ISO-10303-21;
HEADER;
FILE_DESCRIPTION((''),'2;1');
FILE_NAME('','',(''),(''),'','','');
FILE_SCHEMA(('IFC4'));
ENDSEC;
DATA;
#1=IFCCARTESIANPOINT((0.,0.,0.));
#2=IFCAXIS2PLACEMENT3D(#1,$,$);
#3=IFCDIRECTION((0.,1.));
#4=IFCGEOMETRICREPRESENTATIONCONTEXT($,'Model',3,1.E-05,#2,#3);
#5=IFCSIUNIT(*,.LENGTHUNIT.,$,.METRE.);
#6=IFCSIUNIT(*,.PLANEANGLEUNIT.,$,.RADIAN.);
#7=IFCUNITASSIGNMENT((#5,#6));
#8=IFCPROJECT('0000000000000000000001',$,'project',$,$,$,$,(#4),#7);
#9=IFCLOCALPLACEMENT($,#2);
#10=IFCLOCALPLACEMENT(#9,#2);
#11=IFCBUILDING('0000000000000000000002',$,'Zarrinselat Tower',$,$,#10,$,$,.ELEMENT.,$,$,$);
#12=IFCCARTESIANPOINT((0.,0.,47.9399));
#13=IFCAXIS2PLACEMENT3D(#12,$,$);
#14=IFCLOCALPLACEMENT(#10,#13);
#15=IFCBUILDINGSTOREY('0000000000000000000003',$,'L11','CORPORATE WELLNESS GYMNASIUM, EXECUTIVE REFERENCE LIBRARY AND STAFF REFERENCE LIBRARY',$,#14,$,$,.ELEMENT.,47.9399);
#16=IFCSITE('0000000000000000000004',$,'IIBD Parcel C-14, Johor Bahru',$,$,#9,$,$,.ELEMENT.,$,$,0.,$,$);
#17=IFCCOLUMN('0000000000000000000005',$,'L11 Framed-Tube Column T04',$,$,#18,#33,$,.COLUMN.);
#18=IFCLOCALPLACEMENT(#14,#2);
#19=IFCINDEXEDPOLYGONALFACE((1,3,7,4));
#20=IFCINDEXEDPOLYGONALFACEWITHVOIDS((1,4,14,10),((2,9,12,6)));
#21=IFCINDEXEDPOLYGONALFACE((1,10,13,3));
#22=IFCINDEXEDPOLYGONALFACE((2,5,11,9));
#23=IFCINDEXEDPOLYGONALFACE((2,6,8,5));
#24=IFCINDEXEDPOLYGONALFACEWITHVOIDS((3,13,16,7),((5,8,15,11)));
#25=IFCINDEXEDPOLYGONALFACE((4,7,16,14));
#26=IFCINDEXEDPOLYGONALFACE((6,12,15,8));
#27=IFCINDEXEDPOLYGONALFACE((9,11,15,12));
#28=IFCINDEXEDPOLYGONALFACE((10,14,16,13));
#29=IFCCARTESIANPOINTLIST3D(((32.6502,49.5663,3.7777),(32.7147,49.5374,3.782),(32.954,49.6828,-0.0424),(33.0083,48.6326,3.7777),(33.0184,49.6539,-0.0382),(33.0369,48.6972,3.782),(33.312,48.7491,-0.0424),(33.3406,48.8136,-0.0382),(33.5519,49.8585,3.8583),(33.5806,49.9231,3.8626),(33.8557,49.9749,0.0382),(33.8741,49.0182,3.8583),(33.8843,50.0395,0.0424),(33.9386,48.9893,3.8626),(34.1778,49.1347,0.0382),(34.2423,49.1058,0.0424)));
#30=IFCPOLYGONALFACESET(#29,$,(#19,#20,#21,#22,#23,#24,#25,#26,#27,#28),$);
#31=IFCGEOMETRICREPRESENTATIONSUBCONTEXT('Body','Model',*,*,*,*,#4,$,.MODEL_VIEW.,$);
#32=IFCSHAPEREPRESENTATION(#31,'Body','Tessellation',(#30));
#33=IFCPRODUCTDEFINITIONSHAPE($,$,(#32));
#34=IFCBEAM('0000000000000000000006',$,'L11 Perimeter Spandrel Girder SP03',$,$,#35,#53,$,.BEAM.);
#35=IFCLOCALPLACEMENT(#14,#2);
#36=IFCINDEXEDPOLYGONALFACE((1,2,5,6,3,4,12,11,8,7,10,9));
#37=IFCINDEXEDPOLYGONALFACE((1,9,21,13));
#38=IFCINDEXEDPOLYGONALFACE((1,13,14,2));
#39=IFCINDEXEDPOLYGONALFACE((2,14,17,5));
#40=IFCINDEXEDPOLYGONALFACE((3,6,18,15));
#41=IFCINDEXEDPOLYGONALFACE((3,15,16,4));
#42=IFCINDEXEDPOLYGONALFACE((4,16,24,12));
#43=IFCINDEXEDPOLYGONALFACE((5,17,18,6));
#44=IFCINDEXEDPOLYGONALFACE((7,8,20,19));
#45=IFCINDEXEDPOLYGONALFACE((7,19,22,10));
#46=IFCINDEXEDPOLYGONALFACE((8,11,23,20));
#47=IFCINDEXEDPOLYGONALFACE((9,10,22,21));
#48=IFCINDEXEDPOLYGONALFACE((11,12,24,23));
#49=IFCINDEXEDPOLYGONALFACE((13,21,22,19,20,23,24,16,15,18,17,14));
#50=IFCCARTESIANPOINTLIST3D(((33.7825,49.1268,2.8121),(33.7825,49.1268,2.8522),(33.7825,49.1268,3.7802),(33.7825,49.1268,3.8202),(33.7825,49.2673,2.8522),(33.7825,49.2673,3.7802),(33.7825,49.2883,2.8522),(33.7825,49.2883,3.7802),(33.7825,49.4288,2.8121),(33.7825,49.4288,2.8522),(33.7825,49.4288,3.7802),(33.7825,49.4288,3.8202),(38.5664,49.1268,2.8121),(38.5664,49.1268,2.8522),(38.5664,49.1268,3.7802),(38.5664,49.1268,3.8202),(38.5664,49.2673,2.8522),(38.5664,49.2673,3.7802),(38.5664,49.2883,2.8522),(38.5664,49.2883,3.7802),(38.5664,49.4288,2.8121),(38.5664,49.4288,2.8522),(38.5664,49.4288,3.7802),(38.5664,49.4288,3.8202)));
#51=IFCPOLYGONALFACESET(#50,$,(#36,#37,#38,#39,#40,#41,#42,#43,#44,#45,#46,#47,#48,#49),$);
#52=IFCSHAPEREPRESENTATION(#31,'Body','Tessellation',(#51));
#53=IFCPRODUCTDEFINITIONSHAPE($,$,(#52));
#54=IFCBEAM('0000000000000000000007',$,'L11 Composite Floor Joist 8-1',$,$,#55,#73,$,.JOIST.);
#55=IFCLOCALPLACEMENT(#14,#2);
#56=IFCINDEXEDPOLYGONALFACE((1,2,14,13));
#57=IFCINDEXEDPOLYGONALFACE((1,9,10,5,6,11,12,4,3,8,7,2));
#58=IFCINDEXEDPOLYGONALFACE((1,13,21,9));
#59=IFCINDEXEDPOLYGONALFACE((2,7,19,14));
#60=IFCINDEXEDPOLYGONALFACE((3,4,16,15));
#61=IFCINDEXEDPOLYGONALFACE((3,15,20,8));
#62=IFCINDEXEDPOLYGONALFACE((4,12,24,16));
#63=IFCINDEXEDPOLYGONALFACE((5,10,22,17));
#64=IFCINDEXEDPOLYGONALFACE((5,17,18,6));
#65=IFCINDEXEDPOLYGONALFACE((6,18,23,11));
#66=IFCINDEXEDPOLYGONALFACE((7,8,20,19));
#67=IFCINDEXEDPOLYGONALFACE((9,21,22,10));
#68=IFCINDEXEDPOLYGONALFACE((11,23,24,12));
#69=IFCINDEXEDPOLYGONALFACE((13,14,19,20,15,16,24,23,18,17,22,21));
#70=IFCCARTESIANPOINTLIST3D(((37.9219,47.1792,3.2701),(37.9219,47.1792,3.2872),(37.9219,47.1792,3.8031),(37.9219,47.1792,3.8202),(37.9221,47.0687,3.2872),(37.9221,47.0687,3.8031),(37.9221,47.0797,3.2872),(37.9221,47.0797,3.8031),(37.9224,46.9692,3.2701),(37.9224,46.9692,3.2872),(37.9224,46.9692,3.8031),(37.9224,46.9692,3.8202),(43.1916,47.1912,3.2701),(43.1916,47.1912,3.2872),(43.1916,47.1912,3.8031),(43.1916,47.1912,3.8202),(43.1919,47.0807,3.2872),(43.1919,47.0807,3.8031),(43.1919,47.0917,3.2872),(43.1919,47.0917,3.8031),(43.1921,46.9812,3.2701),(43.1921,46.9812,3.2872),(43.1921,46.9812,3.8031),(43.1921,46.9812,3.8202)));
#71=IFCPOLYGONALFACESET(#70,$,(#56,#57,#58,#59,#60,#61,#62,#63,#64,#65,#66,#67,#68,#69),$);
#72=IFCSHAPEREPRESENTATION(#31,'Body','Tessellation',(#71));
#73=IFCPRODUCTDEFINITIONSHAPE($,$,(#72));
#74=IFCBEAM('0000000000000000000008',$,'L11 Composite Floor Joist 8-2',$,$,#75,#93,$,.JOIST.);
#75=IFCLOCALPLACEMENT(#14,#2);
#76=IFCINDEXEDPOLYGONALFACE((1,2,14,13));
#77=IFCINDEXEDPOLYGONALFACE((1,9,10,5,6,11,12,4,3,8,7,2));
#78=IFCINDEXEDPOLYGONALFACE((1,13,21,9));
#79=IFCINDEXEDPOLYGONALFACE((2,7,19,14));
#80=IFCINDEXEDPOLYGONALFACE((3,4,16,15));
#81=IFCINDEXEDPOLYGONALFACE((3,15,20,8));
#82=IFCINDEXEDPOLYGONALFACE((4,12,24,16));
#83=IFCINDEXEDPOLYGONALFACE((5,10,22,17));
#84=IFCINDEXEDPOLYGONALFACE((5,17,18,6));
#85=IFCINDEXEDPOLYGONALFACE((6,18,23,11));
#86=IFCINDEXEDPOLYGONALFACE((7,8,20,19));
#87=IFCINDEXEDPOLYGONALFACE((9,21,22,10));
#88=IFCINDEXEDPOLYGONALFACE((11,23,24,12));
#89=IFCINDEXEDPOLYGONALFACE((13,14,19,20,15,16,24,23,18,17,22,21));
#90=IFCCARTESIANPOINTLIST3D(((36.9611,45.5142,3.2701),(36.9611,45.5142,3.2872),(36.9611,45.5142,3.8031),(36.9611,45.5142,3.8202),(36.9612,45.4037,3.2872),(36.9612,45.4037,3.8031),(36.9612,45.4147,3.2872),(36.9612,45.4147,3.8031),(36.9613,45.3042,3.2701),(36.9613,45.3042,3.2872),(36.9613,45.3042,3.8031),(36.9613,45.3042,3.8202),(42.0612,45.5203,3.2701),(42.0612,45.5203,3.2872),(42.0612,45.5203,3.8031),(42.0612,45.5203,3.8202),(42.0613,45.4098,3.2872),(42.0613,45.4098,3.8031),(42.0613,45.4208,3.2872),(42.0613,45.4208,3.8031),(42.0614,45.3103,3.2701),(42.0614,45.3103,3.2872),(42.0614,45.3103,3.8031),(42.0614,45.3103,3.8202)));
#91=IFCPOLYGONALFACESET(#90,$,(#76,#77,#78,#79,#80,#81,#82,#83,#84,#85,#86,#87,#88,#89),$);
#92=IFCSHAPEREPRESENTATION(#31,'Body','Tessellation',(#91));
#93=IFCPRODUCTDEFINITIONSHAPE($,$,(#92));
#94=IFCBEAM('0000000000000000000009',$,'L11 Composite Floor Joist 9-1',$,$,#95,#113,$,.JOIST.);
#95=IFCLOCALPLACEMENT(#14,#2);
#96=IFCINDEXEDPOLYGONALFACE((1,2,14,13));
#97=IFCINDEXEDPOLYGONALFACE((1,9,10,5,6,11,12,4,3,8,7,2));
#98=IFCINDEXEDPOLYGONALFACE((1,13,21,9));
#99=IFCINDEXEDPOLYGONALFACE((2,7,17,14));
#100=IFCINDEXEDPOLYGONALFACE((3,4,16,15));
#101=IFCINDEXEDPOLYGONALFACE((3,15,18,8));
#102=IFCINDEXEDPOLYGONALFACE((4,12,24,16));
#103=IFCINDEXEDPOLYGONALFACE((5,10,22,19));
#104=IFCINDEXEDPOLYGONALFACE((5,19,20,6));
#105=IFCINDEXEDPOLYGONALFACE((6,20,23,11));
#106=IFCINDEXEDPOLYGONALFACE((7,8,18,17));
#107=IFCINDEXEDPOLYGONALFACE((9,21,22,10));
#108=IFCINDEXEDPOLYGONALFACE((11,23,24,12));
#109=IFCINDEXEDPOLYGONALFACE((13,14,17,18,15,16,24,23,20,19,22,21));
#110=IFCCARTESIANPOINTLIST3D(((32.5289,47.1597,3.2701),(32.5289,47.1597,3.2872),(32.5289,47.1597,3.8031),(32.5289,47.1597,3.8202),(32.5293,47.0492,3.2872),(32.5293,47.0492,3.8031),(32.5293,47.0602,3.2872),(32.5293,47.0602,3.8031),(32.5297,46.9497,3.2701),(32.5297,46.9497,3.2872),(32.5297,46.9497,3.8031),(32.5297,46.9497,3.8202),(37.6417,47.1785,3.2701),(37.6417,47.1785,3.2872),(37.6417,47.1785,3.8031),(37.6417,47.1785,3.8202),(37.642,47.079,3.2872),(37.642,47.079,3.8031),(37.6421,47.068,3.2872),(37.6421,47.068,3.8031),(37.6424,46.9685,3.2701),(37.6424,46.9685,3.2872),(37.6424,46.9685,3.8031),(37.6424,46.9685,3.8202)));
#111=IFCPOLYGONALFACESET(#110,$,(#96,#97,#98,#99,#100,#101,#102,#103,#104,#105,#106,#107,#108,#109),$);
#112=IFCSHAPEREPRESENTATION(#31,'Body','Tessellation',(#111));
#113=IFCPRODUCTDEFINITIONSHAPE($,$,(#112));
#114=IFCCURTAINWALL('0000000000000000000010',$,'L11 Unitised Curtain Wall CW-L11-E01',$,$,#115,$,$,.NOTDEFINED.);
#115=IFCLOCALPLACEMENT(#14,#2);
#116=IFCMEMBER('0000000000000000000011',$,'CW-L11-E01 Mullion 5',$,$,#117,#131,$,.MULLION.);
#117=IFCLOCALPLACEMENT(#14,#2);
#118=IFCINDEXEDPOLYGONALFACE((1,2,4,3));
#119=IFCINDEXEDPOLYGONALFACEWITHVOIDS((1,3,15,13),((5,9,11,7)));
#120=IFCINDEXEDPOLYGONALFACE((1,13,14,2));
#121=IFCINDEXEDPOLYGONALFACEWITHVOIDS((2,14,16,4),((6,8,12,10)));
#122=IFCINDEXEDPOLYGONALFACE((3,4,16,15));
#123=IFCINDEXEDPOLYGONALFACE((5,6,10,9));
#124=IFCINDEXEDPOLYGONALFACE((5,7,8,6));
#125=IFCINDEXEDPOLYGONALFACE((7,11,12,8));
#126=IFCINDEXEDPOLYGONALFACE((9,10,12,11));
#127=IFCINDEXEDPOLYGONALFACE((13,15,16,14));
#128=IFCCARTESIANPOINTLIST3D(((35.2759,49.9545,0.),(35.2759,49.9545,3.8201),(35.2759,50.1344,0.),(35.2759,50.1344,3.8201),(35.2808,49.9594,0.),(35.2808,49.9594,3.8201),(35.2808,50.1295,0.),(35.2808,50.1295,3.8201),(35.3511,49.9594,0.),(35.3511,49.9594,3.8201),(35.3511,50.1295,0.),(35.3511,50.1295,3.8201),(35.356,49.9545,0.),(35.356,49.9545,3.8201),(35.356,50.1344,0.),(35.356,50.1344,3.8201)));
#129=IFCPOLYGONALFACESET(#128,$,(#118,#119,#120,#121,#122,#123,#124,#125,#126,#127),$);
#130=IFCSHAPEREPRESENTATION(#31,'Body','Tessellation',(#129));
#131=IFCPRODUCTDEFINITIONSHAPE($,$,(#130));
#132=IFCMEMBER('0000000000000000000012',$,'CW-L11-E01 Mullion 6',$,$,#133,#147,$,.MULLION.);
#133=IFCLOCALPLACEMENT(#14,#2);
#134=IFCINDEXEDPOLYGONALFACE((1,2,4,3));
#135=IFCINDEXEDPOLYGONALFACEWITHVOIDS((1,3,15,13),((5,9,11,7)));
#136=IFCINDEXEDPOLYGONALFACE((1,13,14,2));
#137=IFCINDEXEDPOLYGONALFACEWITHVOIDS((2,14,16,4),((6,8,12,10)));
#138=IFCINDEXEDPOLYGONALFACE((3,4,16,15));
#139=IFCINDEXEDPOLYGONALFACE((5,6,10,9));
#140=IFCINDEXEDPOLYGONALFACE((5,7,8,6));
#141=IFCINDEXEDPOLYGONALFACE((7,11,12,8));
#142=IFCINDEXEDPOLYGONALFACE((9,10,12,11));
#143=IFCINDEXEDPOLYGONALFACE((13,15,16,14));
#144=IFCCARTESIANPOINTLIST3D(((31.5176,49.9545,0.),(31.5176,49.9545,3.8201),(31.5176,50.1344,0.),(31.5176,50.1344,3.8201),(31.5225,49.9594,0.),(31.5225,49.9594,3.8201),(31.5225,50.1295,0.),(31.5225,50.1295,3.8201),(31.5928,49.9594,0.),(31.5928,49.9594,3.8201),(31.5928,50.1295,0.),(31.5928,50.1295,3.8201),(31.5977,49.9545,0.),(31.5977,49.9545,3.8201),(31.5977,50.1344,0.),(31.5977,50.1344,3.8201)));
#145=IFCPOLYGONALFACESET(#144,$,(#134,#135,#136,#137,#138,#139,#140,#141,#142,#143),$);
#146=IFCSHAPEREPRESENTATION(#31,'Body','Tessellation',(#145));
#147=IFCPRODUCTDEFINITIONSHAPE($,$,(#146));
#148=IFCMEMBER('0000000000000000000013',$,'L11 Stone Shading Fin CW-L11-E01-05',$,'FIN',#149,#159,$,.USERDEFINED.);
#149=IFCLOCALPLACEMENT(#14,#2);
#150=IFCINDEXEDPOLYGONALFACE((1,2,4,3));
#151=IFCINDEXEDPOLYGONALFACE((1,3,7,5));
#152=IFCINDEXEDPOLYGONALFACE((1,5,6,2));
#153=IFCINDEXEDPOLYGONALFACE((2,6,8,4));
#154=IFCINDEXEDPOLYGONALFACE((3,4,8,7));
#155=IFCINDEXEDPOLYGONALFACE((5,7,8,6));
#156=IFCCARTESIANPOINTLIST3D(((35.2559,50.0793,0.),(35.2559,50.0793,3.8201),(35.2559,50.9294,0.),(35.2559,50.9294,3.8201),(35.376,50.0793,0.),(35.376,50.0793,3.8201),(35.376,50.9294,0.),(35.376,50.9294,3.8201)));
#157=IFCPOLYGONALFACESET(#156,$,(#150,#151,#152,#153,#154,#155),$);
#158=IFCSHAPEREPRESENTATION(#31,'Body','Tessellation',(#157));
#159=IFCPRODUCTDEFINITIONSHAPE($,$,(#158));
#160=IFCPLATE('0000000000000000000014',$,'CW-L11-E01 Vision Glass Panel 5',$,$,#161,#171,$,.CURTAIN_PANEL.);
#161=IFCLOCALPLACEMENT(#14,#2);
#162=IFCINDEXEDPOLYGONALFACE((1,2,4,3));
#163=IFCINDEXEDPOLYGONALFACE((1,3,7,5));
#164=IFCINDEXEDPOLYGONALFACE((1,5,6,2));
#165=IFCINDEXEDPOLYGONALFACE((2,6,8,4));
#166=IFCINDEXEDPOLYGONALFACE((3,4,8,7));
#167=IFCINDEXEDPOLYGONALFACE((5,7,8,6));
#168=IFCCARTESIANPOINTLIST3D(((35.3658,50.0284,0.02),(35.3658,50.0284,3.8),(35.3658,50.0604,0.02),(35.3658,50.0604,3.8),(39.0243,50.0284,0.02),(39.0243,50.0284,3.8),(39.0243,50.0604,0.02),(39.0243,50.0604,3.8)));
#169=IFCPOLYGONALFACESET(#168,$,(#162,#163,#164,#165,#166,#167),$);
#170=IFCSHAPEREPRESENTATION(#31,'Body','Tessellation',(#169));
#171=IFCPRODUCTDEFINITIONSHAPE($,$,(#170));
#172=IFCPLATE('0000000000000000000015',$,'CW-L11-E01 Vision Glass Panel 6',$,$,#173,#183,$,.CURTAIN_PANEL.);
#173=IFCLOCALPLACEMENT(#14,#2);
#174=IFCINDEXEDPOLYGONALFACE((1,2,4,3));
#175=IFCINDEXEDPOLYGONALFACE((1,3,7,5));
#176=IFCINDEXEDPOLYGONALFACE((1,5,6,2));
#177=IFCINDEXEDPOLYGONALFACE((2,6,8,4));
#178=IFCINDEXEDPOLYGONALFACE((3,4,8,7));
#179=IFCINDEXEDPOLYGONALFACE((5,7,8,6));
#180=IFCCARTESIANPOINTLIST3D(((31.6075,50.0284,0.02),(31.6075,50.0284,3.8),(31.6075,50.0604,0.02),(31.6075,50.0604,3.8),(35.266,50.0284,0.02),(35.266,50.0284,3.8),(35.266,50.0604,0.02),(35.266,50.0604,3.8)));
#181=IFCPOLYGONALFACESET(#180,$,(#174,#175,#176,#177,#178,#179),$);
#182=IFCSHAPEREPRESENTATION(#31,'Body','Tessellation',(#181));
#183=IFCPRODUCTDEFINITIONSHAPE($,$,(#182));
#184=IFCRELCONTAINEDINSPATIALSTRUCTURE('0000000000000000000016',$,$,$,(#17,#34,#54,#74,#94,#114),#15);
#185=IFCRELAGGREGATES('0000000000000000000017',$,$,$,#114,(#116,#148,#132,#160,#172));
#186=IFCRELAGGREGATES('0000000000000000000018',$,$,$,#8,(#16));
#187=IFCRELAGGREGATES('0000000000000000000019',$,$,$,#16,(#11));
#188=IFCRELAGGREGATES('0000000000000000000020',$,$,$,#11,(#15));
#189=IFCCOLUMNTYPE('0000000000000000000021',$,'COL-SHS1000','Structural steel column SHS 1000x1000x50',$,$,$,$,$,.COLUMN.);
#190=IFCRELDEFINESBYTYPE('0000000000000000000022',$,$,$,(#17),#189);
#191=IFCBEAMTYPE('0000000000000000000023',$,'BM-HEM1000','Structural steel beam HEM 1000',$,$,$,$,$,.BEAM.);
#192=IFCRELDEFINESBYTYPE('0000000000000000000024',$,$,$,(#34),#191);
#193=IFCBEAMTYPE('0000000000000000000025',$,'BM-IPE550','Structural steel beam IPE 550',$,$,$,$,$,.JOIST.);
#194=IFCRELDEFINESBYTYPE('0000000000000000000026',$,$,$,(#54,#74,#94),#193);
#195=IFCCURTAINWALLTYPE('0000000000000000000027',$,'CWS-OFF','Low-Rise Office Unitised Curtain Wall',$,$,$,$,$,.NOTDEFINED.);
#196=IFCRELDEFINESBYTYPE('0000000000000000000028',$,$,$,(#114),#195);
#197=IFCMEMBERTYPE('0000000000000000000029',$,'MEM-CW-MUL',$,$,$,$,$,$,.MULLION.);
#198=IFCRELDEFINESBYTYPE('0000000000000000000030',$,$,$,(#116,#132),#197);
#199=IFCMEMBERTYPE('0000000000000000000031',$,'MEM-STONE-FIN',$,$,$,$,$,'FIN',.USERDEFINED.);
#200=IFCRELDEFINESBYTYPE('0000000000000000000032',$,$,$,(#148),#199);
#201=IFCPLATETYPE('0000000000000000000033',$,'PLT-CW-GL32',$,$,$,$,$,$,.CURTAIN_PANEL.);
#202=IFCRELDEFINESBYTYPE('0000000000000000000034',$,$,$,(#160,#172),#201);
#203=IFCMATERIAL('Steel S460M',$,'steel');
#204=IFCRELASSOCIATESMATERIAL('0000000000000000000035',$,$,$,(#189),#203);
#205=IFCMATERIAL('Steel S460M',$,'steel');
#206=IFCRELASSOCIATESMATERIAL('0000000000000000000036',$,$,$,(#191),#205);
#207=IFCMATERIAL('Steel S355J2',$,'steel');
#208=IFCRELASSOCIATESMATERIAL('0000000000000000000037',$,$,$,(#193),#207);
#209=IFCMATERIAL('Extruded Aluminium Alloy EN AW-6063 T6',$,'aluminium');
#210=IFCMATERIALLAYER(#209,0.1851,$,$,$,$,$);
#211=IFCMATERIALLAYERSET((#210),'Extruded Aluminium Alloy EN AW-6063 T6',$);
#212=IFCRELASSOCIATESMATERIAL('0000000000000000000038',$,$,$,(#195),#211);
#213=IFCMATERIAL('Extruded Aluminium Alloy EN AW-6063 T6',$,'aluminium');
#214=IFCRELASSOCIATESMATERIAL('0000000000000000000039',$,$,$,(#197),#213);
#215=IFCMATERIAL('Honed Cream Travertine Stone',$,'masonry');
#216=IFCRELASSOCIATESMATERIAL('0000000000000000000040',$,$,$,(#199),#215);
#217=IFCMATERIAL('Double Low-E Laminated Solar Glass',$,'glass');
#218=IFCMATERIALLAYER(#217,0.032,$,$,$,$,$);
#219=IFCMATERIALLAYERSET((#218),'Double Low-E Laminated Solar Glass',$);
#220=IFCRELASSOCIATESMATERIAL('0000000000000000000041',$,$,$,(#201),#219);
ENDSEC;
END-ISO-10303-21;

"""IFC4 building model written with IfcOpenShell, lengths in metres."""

from ifc_helpers import new_model, si_unit, direction, frame, origin, origin_2d, place, context, subcontext, project, spatial, rectangle, hollow_rectangle, i_section, extrude, material, layer, layer_set, material_profile, profile_set, type_object, element, aggregate, save


model = new_model("IFC4")

# Units and contexts
model_context = context("Model", 3, precision=1e-05, world=origin(), true_north=direction((0.0, 1.0)))
body_context = subcontext(model_context, "Body", "Model", "MODEL_VIEW")
ifc_project = project(units=[si_unit("LENGTHUNIT", "METRE"), si_unit("PLANEANGLEUNIT", "RADIAN")], contexts=[model_context])

# Site, building, storey
site_placement = place(None, origin())
site = spatial("IfcSite", under=ifc_project, at=site_placement, Name="IIBD Parcel C-14, Johor Bahru", CompositionType="ELEMENT", RefElevation=0.0)
building_placement = place(site_placement, origin())
building = spatial("IfcBuilding", under=site, at=building_placement, Name="Zarrinselat Tower", CompositionType="ELEMENT")
storey_placement = place(building_placement, frame((0.0, 0.0, 47.9399)))
storey = spatial("IfcBuildingStorey", under=building, at=storey_placement, Name="L11", Description="CORPORATE WELLNESS GYMNASIUM, EXECUTIVE REFERENCE LIBRARY AND STAFF REFERENCE LIBRARY", CompositionType="ELEMENT", Elevation=47.9399)

# Column
ifc_material_1 = material(Name="Steel S460M", Category="steel")
ifc_material_profile_1 = material_profile(ifc_material_1, hollow_rectangle(XDim=1.0, YDim=1.0, WallThickness=0.05, at=origin_2d()), Name="SHS 1000x1000x50")
ifc_profile_set_1 = profile_set([ifc_material_profile_1], Name="Steel S460M")
column_type = type_object("IfcColumnType", Name="COL-SHS1000", Description="Structural steel column SHS 1000x1000x50", PredefinedType="COLUMN", material=ifc_profile_set_1)
column_placement = place(storey_placement, frame((33.5981, 49.3943, 0.0), z_axis=(-0.079217, -0.030375, 0.996394), x_axis=(0.358023, -0.933713, 0.0)))
element("IfcColumn", 1, at=column_placement, inside=storey, type_object=column_type, Name="L11 Framed-Tube Column T04", PredefinedType="COLUMN", context=body_context, shape_type="SweptSolid", body=[
    extrude(hollow_rectangle(XDim=1.0, YDim=1.0, WallThickness=0.05, at=origin_2d()), origin(), (0.0, 0.0, 1.0), 3.834),
])

# Beams
ifc_material_2 = material(Name="Steel S460M", Category="steel")
ifc_material_profile_2 = material_profile(ifc_material_2, i_section(OverallWidth=0.302, OverallDepth=1.0081, WebThickness=0.021, FlangeThickness=0.04, at=origin_2d()), Name="HEM 1000")
ifc_profile_set_2 = profile_set([ifc_material_profile_2], Name="Steel S460M")
beam_type_1 = type_object("IfcBeamType", Name="BM-HEM1000", Description="Structural steel beam HEM 1000", PredefinedType="BEAM", material=ifc_profile_set_2)
beam_1_placement = place(storey_placement, frame((33.7825, 49.2778, 3.3162), z_axis=(1.0, 0.0, 0.0), x_axis=(0.0, 1.0, 0.0)))
element("IfcBeam", 2, at=beam_1_placement, inside=storey, type_object=beam_type_1, Name="L11 Perimeter Spandrel Girder SP03", PredefinedType="BEAM", context=body_context, shape_type="SweptSolid", body=[
    extrude(i_section(OverallWidth=0.302, OverallDepth=1.0081, WebThickness=0.021, FlangeThickness=0.04, at=origin_2d()), origin(), (0.0, 0.0, 1.0), 4.7839),
])
ifc_material_3 = material(Name="Steel S355J2", Category="steel")
ifc_material_profile_3 = material_profile(ifc_material_3, i_section(OverallWidth=0.21, OverallDepth=0.55, WebThickness=0.011, FlangeThickness=0.0171, at=origin_2d()), Name="IPE 550")
ifc_profile_set_3 = profile_set([ifc_material_profile_3], Name="Steel S355J2")
beam_type_2 = type_object("IfcBeamType", Name="BM-IPE550", Description="Structural steel beam IPE 550", PredefinedType="JOIST", material=ifc_profile_set_3)
beam_2_placement = place(storey_placement, frame((37.9221, 47.0742, 3.5452), z_axis=(0.999997, 0.00227, 0.0), x_axis=(-0.00227, 0.999997, 0.0)))
element("IfcBeam", 3, at=beam_2_placement, inside=storey, type_object=beam_type_2, Name="L11 Composite Floor Joist 8-1", PredefinedType="JOIST", context=body_context, shape_type="SweptSolid", body=[
    extrude(i_section(OverallWidth=0.21, OverallDepth=0.55, WebThickness=0.011, FlangeThickness=0.0171, at=origin_2d()), origin(), (0.0, 0.0, 1.0), 5.2698),
])
beam_3_placement = place(storey_placement, frame((36.9612, 45.4092, 3.5452), z_axis=(0.999999, 0.001197, 0.0), x_axis=(-0.001197, 0.999999, 0.0)))
element("IfcBeam", 4, at=beam_3_placement, inside=storey, type_object=beam_type_2, Name="L11 Composite Floor Joist 8-2", PredefinedType="JOIST", context=body_context, shape_type="SweptSolid", body=[
    extrude(i_section(OverallWidth=0.21, OverallDepth=0.55, WebThickness=0.011, FlangeThickness=0.0171, at=origin_2d()), origin(), (0.0, 0.0, 1.0), 5.1001),
])
beam_4_placement = place(storey_placement, frame((32.5293, 47.0547, 3.5452), z_axis=(0.999993, 0.003677, 0.0), x_axis=(-0.003677, 0.999993, 0.0)))
element("IfcBeam", 5, at=beam_4_placement, inside=storey, type_object=beam_type_2, Name="L11 Composite Floor Joist 9-1", PredefinedType="JOIST", context=body_context, shape_type="SweptSolid", body=[
    extrude(i_section(OverallWidth=0.21, OverallDepth=0.55, WebThickness=0.011, FlangeThickness=0.0171, at=origin_2d()), origin(), (0.0, 0.0, 1.0), 5.1128),
])

# Curtain wall, members, plates
ifc_material_4 = material(Name="Extruded Aluminium Alloy EN AW-6063 T6", Category="aluminium")
ifc_layer_1 = layer(ifc_material_4, 0.1851)
ifc_layer_set_1 = layer_set([ifc_layer_1], Name="Extruded Aluminium Alloy EN AW-6063 T6")
curtain_wall_type = type_object("IfcCurtainWallType", Name="CWS-OFF", Description="Low-Rise Office Unitised Curtain Wall", PredefinedType="NOTDEFINED", material=ifc_layer_set_1)
curtain_wall_placement = place(storey_placement, origin())
curtain_wall = element("IfcCurtainWall", 6, at=curtain_wall_placement, inside=storey, type_object=curtain_wall_type, Name="L11 Unitised Curtain Wall CW-L11-E01", PredefinedType="NOTDEFINED")
ifc_material_5 = material(Name="Extruded Aluminium Alloy EN AW-6063 T6", Category="aluminium")
ifc_material_profile_4 = material_profile(ifc_material_5, hollow_rectangle(XDim=0.0801, YDim=0.1799, WallThickness=0.0049, at=origin_2d()), Name="RHS 180x80x5")
ifc_profile_set_4 = profile_set([ifc_material_profile_4], Name="Extruded Aluminium Alloy EN AW-6063 T6")
member_type_1 = type_object("IfcMemberType", Name="MEM-CW-MUL", PredefinedType="MULLION", material=ifc_profile_set_4)
member_1_placement = place(storey_placement, frame((35.3159, 50.0444, 0.0), z_axis=(0.0, 0.0, 1.0), x_axis=(-1.0, 0.0, 0.0)))
member_1 = element("IfcMember", 7, at=member_1_placement, type_object=member_type_1, Name="CW-L11-E01 Mullion 5", PredefinedType="MULLION", context=body_context, shape_type="SweptSolid", body=[
    extrude(hollow_rectangle(XDim=0.0801, YDim=0.1799, WallThickness=0.0049, at=origin_2d()), origin(), (0.0, 0.0, 1.0), 3.8201),
])
member_2_placement = place(storey_placement, frame((31.5576, 50.0444, 0.0), z_axis=(0.0, 0.0, 1.0), x_axis=(-1.0, 0.0, 0.0)))
member_2 = element("IfcMember", 8, at=member_2_placement, type_object=member_type_1, Name="CW-L11-E01 Mullion 6", PredefinedType="MULLION", context=body_context, shape_type="SweptSolid", body=[
    extrude(hollow_rectangle(XDim=0.0801, YDim=0.1799, WallThickness=0.0049, at=origin_2d()), origin(), (0.0, 0.0, 1.0), 3.8201),
])
ifc_material_6 = material(Name="Honed Cream Travertine Stone", Category="masonry")
ifc_material_profile_5 = material_profile(ifc_material_6, rectangle(XDim=0.1201, YDim=0.8501, at=origin_2d()), Name="FIN 850x120")
ifc_profile_set_5 = profile_set([ifc_material_profile_5], Name="Honed Cream Travertine Stone")
member_type_2 = type_object("IfcMemberType", Name="MEM-STONE-FIN", ElementType="FIN", PredefinedType="USERDEFINED", material=ifc_profile_set_5)
member_3_placement = place(storey_placement, frame((35.3159, 50.5044, 0.0), z_axis=(0.0, 0.0, 1.0), x_axis=(1.0, 0.0, 0.0)))
member_3 = element("IfcMember", 9, at=member_3_placement, type_object=member_type_2, Name="L11 Stone Shading Fin CW-L11-E01-05", ObjectType="FIN", PredefinedType="USERDEFINED", context=body_context, shape_type="SweptSolid", body=[
    extrude(rectangle(XDim=0.1201, YDim=0.8501, at=origin_2d()), origin(), (0.0, 0.0, 1.0), 3.8201),
])
ifc_material_7 = material(Name="Double Low-E Laminated Solar Glass", Category="glass")
ifc_layer_2 = layer(ifc_material_7, 0.032)
ifc_layer_set_2 = layer_set([ifc_layer_2], Name="Double Low-E Laminated Solar Glass")
plate_type = type_object("IfcPlateType", Name="PLT-CW-GL32", PredefinedType="CURTAIN_PANEL", material=ifc_layer_set_2)
plate_1_placement = place(storey_placement, frame((37.1951, 50.0444, 0.02), z_axis=(0.0, 0.0, 1.0), x_axis=(-1.0, 0.0, 0.0)))
plate_1 = element("IfcPlate", 10, at=plate_1_placement, type_object=plate_type, Name="CW-L11-E01 Vision Glass Panel 5", PredefinedType="CURTAIN_PANEL", context=body_context, shape_type="SweptSolid", body=[
    extrude(rectangle(XDim=3.6584, YDim=0.032, at=origin_2d()), origin(), (0.0, 0.0, 1.0), 3.78),
])
plate_2_placement = place(storey_placement, frame((33.4368, 50.0444, 0.02), z_axis=(0.0, 0.0, 1.0), x_axis=(-1.0, 0.0, 0.0)))
plate_2 = element("IfcPlate", 11, at=plate_2_placement, type_object=plate_type, Name="CW-L11-E01 Vision Glass Panel 6", PredefinedType="CURTAIN_PANEL", context=body_context, shape_type="SweptSolid", body=[
    extrude(rectangle(XDim=3.6584, YDim=0.032, at=origin_2d()), origin(), (0.0, 0.0, 1.0), 3.78),
])
aggregate(curtain_wall, [member_1, member_3, member_2, plate_1, plate_2])

save(model, "model.ifc")
